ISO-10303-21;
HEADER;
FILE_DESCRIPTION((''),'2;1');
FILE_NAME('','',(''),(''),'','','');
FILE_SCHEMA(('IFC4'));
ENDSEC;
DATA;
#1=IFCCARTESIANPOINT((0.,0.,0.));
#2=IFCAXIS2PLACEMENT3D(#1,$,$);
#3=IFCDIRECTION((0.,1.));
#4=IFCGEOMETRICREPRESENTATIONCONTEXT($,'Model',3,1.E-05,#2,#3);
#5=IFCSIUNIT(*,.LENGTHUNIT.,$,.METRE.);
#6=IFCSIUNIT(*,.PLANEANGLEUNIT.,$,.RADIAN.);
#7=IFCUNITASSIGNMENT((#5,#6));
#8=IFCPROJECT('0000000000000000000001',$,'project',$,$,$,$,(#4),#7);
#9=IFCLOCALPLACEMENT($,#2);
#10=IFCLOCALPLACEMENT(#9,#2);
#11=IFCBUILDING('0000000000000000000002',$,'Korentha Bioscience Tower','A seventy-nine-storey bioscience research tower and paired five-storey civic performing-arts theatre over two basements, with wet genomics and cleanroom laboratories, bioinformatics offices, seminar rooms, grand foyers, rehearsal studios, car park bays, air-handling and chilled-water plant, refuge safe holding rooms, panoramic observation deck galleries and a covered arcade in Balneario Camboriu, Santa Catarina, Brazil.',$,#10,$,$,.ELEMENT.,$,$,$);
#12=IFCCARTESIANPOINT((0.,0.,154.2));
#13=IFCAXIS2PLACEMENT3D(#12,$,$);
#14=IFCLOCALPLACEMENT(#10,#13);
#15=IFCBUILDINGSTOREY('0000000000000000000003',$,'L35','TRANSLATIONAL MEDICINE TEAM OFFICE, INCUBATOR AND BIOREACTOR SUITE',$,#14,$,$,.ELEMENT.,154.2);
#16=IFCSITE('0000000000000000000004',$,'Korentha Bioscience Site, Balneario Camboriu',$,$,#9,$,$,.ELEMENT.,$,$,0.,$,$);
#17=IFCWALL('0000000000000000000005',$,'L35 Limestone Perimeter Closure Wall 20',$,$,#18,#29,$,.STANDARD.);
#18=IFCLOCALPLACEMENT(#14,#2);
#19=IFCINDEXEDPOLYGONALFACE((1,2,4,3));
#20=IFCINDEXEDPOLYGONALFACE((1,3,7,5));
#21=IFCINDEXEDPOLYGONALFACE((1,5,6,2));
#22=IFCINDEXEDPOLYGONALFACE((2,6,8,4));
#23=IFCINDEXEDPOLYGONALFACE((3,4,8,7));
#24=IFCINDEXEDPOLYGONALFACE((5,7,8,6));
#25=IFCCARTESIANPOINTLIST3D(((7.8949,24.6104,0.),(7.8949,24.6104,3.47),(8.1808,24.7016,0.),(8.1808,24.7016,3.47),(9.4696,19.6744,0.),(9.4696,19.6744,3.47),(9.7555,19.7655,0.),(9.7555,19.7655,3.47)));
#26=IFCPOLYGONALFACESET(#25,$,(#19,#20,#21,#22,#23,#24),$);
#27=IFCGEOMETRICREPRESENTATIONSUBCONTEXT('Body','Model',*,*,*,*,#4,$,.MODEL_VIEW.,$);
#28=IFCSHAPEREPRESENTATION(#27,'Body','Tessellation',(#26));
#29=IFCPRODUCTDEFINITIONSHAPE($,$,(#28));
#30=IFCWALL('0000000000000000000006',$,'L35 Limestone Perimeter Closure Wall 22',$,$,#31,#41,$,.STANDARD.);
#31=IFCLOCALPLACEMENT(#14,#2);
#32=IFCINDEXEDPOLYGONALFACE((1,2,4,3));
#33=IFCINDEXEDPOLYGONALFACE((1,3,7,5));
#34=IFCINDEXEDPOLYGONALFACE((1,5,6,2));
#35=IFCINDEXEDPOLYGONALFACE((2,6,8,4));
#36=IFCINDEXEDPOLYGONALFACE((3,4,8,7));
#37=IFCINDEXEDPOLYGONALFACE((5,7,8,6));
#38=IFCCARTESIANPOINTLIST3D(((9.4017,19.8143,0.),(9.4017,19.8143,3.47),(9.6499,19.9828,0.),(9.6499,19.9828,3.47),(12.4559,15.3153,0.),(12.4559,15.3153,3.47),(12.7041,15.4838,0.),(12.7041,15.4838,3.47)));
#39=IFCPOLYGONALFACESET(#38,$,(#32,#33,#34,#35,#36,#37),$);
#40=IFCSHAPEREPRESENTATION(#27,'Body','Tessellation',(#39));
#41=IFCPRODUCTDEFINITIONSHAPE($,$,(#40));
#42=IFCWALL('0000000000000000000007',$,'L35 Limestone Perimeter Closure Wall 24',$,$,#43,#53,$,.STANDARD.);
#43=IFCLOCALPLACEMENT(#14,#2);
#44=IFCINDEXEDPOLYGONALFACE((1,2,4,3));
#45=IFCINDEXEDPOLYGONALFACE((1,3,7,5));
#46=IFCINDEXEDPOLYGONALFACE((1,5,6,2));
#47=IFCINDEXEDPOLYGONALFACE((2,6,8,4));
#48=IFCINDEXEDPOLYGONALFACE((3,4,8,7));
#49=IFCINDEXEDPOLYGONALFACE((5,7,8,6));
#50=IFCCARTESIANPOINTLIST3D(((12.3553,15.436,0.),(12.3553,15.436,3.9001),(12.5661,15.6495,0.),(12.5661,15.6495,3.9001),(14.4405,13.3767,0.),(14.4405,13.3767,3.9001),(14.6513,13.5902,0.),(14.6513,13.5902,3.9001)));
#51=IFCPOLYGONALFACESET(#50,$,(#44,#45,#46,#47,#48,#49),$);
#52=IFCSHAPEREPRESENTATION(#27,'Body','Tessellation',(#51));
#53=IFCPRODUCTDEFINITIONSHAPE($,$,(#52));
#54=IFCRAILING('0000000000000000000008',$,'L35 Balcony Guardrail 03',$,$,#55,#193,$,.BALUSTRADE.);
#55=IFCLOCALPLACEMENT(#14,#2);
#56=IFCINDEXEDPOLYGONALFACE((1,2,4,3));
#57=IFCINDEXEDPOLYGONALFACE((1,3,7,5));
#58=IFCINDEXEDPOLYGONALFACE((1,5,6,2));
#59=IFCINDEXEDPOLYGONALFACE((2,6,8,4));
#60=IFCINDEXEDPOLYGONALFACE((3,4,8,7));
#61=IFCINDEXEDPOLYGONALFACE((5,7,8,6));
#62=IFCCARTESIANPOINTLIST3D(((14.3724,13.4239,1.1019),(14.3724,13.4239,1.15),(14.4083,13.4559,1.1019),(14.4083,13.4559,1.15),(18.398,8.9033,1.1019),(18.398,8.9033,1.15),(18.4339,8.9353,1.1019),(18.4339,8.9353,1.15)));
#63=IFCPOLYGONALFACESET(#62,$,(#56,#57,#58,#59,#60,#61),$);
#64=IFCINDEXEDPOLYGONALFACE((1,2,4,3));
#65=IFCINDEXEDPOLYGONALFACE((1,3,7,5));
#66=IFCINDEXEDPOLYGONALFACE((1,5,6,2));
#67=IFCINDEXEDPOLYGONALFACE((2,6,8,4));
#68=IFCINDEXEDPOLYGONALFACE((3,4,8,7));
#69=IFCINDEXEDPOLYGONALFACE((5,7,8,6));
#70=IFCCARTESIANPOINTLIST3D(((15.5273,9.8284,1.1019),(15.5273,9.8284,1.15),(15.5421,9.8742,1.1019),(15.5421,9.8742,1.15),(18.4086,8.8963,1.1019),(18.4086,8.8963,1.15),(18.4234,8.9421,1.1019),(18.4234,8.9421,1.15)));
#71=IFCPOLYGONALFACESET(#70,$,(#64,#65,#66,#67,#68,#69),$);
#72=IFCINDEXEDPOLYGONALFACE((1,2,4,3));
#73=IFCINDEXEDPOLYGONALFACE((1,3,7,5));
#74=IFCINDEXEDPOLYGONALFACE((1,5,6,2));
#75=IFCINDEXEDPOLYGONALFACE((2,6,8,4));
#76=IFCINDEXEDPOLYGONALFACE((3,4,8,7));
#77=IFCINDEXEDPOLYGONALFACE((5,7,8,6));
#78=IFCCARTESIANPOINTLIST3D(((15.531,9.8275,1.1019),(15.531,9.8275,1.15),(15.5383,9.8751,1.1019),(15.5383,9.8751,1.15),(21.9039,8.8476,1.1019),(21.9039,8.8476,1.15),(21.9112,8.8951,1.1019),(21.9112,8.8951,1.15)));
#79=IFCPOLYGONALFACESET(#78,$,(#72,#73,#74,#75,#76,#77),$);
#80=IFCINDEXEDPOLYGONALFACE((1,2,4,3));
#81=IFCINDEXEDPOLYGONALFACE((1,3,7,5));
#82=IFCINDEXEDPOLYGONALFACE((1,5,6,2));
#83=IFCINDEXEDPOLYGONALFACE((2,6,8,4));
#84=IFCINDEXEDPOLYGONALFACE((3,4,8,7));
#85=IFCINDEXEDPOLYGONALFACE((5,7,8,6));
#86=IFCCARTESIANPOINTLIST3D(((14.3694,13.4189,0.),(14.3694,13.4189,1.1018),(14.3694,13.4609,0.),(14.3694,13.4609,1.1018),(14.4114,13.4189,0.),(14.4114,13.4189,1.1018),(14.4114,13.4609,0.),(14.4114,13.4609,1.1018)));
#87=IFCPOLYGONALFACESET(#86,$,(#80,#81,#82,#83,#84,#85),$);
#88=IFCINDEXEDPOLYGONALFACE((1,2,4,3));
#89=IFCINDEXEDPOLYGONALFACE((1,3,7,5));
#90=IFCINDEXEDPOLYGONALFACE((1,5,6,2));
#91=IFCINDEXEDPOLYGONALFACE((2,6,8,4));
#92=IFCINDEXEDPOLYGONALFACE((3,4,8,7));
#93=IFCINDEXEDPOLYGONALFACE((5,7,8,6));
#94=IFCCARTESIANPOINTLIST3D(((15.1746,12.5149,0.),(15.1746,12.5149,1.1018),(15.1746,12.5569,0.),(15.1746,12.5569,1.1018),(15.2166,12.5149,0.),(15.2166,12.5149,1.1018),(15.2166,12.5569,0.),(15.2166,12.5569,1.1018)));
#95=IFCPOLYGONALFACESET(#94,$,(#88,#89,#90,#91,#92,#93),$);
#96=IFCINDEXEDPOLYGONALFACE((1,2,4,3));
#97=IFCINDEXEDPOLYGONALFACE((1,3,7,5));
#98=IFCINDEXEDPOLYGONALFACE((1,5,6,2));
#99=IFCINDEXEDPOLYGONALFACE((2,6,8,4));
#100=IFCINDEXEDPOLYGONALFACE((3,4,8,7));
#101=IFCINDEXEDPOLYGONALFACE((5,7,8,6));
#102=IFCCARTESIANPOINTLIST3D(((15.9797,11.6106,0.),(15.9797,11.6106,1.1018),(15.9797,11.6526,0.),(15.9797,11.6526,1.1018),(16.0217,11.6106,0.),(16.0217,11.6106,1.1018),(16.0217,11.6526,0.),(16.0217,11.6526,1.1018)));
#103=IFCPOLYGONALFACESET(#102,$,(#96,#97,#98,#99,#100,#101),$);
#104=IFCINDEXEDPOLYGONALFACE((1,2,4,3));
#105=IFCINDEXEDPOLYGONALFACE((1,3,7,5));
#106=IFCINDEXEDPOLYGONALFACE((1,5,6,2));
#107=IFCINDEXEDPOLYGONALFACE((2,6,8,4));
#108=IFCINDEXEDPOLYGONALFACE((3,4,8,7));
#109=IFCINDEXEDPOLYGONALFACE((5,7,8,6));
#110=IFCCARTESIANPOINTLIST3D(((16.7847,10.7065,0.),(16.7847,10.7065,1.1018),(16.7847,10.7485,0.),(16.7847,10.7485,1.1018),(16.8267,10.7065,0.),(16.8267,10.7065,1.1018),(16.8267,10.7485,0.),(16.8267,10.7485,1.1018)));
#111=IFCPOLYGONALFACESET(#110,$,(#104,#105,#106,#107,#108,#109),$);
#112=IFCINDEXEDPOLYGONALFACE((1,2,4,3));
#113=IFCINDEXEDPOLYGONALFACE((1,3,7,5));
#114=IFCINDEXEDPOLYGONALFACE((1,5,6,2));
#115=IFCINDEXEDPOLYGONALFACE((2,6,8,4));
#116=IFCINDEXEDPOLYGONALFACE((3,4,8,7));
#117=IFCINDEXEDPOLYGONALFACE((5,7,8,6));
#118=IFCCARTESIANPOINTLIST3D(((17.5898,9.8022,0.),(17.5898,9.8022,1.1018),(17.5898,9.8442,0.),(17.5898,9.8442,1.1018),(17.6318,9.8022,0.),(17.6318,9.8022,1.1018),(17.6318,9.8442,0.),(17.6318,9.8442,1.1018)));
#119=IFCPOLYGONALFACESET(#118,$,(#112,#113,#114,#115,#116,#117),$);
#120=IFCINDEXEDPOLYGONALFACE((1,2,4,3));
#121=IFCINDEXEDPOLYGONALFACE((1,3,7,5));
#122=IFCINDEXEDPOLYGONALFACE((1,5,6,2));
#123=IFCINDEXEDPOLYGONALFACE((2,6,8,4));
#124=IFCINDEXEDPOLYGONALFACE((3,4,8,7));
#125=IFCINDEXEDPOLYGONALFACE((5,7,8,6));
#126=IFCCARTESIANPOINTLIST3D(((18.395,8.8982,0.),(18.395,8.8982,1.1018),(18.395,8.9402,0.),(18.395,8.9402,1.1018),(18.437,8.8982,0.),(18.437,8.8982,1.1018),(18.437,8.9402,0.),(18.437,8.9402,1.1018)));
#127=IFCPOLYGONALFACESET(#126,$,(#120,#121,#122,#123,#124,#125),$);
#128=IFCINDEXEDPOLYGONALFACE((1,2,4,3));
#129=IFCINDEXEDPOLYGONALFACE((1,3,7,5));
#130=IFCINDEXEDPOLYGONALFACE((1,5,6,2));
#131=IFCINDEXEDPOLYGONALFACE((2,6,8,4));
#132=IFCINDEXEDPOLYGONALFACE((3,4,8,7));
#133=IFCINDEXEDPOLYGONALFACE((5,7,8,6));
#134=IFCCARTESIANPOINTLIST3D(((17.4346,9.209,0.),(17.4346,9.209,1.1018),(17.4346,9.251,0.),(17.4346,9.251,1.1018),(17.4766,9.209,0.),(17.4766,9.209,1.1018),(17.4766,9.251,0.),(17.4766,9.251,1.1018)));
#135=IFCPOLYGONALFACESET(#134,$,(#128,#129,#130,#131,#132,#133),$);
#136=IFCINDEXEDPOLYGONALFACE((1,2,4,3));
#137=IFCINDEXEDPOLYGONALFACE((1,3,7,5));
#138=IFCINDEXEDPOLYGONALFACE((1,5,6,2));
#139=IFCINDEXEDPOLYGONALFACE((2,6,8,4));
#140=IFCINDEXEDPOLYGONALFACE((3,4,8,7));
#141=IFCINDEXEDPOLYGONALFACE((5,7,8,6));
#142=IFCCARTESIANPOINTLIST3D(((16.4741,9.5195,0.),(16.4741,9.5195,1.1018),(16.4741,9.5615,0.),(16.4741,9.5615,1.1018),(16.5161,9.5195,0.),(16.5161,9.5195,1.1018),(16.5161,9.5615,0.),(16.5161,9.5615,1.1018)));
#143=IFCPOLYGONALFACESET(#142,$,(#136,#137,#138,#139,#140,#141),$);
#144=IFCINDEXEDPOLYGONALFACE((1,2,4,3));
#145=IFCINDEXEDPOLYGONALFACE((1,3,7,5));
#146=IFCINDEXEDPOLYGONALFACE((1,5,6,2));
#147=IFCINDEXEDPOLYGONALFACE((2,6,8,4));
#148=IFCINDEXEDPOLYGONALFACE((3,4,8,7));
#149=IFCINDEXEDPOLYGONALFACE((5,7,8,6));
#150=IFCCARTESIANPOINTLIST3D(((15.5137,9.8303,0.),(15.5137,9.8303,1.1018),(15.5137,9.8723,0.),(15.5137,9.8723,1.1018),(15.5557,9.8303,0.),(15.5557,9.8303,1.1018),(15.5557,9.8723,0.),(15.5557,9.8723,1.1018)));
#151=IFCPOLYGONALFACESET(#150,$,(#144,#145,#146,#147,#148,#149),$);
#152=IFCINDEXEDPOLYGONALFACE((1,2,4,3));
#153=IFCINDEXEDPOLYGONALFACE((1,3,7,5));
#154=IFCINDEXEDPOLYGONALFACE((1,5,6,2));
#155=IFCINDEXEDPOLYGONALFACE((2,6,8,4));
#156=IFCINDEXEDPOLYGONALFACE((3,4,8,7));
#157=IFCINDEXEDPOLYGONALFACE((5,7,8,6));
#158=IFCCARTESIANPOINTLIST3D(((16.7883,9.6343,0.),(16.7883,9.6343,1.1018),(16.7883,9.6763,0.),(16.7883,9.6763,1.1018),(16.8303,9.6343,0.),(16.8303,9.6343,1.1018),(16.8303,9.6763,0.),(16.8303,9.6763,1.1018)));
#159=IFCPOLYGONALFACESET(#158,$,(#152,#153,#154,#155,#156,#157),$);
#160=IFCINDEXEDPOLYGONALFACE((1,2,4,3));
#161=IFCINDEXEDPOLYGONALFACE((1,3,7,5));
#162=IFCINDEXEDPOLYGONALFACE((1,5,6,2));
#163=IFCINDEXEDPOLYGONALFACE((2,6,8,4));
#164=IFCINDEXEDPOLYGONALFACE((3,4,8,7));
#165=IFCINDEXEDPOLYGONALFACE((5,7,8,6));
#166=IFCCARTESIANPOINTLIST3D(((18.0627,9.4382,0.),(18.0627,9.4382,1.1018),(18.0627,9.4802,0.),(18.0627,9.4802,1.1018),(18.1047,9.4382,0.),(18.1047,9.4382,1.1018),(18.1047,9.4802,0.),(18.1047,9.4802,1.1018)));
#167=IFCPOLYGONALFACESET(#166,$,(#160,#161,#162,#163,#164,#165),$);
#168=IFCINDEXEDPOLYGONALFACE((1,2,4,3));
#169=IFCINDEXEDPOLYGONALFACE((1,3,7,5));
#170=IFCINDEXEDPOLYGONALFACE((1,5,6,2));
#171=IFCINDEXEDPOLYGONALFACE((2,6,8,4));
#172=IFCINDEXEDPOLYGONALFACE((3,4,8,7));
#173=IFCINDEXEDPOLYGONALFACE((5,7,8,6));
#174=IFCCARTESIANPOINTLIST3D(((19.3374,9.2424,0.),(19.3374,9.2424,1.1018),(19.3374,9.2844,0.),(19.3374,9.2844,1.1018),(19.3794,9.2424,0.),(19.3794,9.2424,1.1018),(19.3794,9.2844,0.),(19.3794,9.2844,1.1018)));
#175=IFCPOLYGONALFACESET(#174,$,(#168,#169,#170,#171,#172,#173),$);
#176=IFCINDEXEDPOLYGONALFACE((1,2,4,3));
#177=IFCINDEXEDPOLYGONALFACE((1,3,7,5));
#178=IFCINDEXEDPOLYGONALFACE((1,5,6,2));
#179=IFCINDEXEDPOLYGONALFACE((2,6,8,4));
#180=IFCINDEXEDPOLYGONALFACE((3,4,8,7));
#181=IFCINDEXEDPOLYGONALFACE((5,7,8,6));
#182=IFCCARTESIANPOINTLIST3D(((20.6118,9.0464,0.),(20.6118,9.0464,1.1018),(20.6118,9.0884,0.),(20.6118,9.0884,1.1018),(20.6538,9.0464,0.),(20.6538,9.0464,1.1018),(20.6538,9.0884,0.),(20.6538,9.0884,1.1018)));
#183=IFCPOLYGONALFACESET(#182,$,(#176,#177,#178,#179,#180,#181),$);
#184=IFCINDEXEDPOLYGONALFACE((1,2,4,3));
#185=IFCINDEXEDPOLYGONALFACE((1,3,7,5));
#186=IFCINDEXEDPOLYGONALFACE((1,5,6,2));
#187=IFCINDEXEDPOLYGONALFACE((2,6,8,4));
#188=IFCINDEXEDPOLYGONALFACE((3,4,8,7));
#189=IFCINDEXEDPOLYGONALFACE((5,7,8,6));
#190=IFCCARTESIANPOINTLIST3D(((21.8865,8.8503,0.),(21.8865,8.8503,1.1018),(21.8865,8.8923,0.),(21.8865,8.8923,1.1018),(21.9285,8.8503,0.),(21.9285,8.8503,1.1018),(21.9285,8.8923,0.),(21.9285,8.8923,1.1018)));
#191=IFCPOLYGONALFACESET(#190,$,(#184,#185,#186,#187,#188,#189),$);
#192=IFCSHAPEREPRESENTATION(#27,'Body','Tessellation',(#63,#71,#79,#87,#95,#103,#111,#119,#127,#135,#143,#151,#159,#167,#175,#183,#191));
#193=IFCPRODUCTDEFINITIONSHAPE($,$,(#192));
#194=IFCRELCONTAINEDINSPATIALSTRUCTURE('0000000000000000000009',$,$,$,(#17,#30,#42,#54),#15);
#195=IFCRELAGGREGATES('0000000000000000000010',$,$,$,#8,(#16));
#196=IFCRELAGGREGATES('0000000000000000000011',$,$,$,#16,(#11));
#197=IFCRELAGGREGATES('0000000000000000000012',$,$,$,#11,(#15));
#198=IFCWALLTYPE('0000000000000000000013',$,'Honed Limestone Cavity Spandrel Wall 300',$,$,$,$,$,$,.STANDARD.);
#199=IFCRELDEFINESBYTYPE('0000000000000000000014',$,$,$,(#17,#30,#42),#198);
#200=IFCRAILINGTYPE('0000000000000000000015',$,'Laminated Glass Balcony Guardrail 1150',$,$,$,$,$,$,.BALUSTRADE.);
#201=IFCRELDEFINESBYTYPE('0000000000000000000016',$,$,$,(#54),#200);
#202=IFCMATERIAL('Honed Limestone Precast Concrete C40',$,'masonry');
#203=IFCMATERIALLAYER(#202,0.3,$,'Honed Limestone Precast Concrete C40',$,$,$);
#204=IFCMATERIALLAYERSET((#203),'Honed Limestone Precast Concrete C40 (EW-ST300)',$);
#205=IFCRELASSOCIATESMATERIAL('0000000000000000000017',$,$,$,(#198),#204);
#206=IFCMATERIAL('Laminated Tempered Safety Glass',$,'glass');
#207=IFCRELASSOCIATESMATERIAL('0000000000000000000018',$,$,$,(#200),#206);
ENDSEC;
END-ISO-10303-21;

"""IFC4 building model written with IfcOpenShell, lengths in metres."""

from ifc_helpers import new_model, si_unit, direction, frame, frame_2d, origin, origin_2d, place, context, subcontext, project, spatial, rectangle, extrude, material, layer, layer_set, type_object, element, save


model = new_model("IFC4")

# Units and contexts
model_context = context("Model", 3, precision=1e-05, world=origin(), true_north=direction((0.0, 1.0)))
body_context = subcontext(model_context, "Body", "Model", "MODEL_VIEW")
ifc_project = project(units=[si_unit("LENGTHUNIT", "METRE"), si_unit("PLANEANGLEUNIT", "RADIAN")], contexts=[model_context])

# Site, building, storey
site_placement = place(None, origin())
site = spatial("IfcSite", under=ifc_project, at=site_placement, Name="Korentha Bioscience Site, Balneario Camboriu", CompositionType="ELEMENT", RefElevation=0.0)
building_placement = place(site_placement, origin())
building = spatial("IfcBuilding", under=site, at=building_placement, Name="Korentha Bioscience Tower", Description="A seventy-nine-storey bioscience research tower and paired five-storey civic performing-arts theatre over two basements, with wet genomics and cleanroom laboratories, bioinformatics offices, seminar rooms, grand foyers, rehearsal studios, car park bays, air-handling and chilled-water plant, refuge safe holding rooms, panoramic observation deck galleries and a covered arcade in Balneario Camboriu, Santa Catarina, Brazil.", CompositionType="ELEMENT")
storey_placement = place(building_placement, frame((0.0, 0.0, 154.2)))
storey = spatial("IfcBuildingStorey", under=building, at=storey_placement, Name="L35", Description="TRANSLATIONAL MEDICINE TEAM OFFICE, INCUBATOR AND BIOREACTOR SUITE", CompositionType="ELEMENT", Elevation=154.2)

# Walls
ifc_material_1 = material(Name="Honed Limestone Precast Concrete C40", Category="masonry")
ifc_layer_1 = layer(ifc_material_1, 0.3, Name="Honed Limestone Precast Concrete C40")
ifc_layer_set_1 = layer_set([ifc_layer_1], Name="Honed Limestone Precast Concrete C40 (EW-ST300)")
wall_type_1 = type_object("IfcWallType", Name="Honed Limestone Cavity Spandrel Wall 300", PredefinedType="STANDARD", material=ifc_layer_set_1)
wall_1_placement = place(storey_placement, frame((8.0378, 24.656, 0.0), z_axis=(0.0, 0.0, 1.0), x_axis=(0.303931, -0.952694, 0.0)))
element("IfcWall", 1, at=wall_1_placement, inside=storey, type_object=wall_type_1, Name="L35 Limestone Perimeter Closure Wall 20", PredefinedType="STANDARD", context=body_context, shape_type="SweptSolid", body=[
    extrude(rectangle(XDim=5.1812, YDim=0.3, at=frame_2d((2.5906, 0.0))), origin(), (0.0, 0.0, 1.0), 3.47),
])
wall_2_placement = place(storey_placement, frame((9.5259, 19.8984, 0.0), z_axis=(0.0, 0.0, 1.0), x_axis=(0.561664, -0.827365, 0.0)))
element("IfcWall", 2, at=wall_2_placement, inside=storey, type_object=wall_type_1, Name="L35 Limestone Perimeter Closure Wall 22", PredefinedType="STANDARD", context=body_context, shape_type="SweptSolid", body=[
    extrude(rectangle(XDim=5.4377, YDim=0.3, at=frame_2d((2.7188, 0.0))), origin(), (0.0, 0.0, 1.0), 3.47),
])
wall_3_placement = place(storey_placement, frame((12.4607, 15.5427, 0.0), z_axis=(0.0, 0.0, 1.0), x_axis=(0.711508, -0.702678, 0.0)))
element("IfcWall", 3, at=wall_3_placement, inside=storey, type_object=wall_type_1, Name="L35 Limestone Perimeter Closure Wall 24", PredefinedType="STANDARD", context=body_context, shape_type="SweptSolid", body=[
    extrude(rectangle(XDim=2.9307, YDim=0.3, at=frame_2d((1.4653, 0.0))), origin(), (0.0, 0.0, 1.0), 3.9001),
])

# Railing
ifc_material_2 = material(Name="Laminated Tempered Safety Glass", Category="glass")
railing_type = type_object("IfcRailingType", Name="Laminated Glass Balcony Guardrail 1150", PredefinedType="BALUSTRADE", material=ifc_material_2)
railing_placement = place(storey_placement, frame((14.3904, 13.4399, 0.0)))
element("IfcRailing", 4, at=railing_placement, inside=storey, type_object=railing_type, Name="L35 Balcony Guardrail 03", PredefinedType="BALUSTRADE", context=body_context, shape_type="SweptSolid", body=[
    extrude(rectangle(XDim=0.0481, YDim=0.0481, at=origin_2d()), frame((0.0, 0.0, 1.126), z_axis=(0.665027, -0.746819, 0.0), x_axis=(0.746819, 0.665027, 0.0)), (0.0, 0.0, 1.0), 6.0532),
    extrude(rectangle(XDim=0.0481, YDim=0.0481, at=origin_2d()), frame((4.0256, -4.5208, 1.126), z_axis=(-0.951451, 0.307799, 0.0), x_axis=(-0.307799, -0.951451, 0.0)), (0.0, 0.0, 1.0), 3.0283),
    extrude(rectangle(XDim=0.0481, YDim=0.0481, at=origin_2d()), frame((1.1443, -3.5886, 1.126), z_axis=(0.988382, -0.151989, 0.0), x_axis=(0.151989, 0.988382, 0.0)), (0.0, 0.0, 1.0), 6.4478),
    extrude(rectangle(XDim=0.042, YDim=0.042, at=origin_2d()), origin(), (0.0, 0.0, 1.0), 1.1018),
    extrude(rectangle(XDim=0.042, YDim=0.042, at=origin_2d()), frame((0.8052, -0.9041, 0.0)), (0.0, 0.0, 1.0), 1.1018),
    extrude(rectangle(XDim=0.042, YDim=0.042, at=origin_2d()), frame((1.6104, -1.8083, 0.0)), (0.0, 0.0, 1.0), 1.1018),
    extrude(rectangle(XDim=0.042, YDim=0.042, at=origin_2d()), frame((2.4153, -2.7124, 0.0)), (0.0, 0.0, 1.0), 1.1018),
    extrude(rectangle(XDim=0.042, YDim=0.042, at=origin_2d()), frame((3.2205, -3.6167, 0.0)), (0.0, 0.0, 1.0), 1.1018),
    extrude(rectangle(XDim=0.042, YDim=0.042, at=origin_2d()), frame((4.0256, -4.5208, 0.0)), (0.0, 0.0, 1.0), 1.1018),
    extrude(rectangle(XDim=0.042, YDim=0.042, at=origin_2d()), frame((3.0652, -4.21, 0.0)), (0.0, 0.0, 1.0), 1.1018),
    extrude(rectangle(XDim=0.042, YDim=0.042, at=origin_2d()), frame((2.1047, -3.8994, 0.0)), (0.0, 0.0, 1.0), 1.1018),
    extrude(rectangle(XDim=0.042, YDim=0.042, at=origin_2d()), frame((1.1443, -3.5886, 0.0)), (0.0, 0.0, 1.0), 1.1018),
    extrude(rectangle(XDim=0.042, YDim=0.042, at=origin_2d()), frame((2.4189, -3.7847, 0.0)), (0.0, 0.0, 1.0), 1.1018),
    extrude(rectangle(XDim=0.042, YDim=0.042, at=origin_2d()), frame((3.6934, -3.9807, 0.0)), (0.0, 0.0, 1.0), 1.1018),
    extrude(rectangle(XDim=0.042, YDim=0.042, at=origin_2d()), frame((4.968, -4.1765, 0.0)), (0.0, 0.0, 1.0), 1.1018),
    extrude(rectangle(XDim=0.042, YDim=0.042, at=origin_2d()), frame((6.2424, -4.3726, 0.0)), (0.0, 0.0, 1.0), 1.1018),
    extrude(rectangle(XDim=0.042, YDim=0.042, at=origin_2d()), frame((7.5171, -4.5686, 0.0)), (0.0, 0.0, 1.0), 1.1018),
])

save(model, "model.ifc")
